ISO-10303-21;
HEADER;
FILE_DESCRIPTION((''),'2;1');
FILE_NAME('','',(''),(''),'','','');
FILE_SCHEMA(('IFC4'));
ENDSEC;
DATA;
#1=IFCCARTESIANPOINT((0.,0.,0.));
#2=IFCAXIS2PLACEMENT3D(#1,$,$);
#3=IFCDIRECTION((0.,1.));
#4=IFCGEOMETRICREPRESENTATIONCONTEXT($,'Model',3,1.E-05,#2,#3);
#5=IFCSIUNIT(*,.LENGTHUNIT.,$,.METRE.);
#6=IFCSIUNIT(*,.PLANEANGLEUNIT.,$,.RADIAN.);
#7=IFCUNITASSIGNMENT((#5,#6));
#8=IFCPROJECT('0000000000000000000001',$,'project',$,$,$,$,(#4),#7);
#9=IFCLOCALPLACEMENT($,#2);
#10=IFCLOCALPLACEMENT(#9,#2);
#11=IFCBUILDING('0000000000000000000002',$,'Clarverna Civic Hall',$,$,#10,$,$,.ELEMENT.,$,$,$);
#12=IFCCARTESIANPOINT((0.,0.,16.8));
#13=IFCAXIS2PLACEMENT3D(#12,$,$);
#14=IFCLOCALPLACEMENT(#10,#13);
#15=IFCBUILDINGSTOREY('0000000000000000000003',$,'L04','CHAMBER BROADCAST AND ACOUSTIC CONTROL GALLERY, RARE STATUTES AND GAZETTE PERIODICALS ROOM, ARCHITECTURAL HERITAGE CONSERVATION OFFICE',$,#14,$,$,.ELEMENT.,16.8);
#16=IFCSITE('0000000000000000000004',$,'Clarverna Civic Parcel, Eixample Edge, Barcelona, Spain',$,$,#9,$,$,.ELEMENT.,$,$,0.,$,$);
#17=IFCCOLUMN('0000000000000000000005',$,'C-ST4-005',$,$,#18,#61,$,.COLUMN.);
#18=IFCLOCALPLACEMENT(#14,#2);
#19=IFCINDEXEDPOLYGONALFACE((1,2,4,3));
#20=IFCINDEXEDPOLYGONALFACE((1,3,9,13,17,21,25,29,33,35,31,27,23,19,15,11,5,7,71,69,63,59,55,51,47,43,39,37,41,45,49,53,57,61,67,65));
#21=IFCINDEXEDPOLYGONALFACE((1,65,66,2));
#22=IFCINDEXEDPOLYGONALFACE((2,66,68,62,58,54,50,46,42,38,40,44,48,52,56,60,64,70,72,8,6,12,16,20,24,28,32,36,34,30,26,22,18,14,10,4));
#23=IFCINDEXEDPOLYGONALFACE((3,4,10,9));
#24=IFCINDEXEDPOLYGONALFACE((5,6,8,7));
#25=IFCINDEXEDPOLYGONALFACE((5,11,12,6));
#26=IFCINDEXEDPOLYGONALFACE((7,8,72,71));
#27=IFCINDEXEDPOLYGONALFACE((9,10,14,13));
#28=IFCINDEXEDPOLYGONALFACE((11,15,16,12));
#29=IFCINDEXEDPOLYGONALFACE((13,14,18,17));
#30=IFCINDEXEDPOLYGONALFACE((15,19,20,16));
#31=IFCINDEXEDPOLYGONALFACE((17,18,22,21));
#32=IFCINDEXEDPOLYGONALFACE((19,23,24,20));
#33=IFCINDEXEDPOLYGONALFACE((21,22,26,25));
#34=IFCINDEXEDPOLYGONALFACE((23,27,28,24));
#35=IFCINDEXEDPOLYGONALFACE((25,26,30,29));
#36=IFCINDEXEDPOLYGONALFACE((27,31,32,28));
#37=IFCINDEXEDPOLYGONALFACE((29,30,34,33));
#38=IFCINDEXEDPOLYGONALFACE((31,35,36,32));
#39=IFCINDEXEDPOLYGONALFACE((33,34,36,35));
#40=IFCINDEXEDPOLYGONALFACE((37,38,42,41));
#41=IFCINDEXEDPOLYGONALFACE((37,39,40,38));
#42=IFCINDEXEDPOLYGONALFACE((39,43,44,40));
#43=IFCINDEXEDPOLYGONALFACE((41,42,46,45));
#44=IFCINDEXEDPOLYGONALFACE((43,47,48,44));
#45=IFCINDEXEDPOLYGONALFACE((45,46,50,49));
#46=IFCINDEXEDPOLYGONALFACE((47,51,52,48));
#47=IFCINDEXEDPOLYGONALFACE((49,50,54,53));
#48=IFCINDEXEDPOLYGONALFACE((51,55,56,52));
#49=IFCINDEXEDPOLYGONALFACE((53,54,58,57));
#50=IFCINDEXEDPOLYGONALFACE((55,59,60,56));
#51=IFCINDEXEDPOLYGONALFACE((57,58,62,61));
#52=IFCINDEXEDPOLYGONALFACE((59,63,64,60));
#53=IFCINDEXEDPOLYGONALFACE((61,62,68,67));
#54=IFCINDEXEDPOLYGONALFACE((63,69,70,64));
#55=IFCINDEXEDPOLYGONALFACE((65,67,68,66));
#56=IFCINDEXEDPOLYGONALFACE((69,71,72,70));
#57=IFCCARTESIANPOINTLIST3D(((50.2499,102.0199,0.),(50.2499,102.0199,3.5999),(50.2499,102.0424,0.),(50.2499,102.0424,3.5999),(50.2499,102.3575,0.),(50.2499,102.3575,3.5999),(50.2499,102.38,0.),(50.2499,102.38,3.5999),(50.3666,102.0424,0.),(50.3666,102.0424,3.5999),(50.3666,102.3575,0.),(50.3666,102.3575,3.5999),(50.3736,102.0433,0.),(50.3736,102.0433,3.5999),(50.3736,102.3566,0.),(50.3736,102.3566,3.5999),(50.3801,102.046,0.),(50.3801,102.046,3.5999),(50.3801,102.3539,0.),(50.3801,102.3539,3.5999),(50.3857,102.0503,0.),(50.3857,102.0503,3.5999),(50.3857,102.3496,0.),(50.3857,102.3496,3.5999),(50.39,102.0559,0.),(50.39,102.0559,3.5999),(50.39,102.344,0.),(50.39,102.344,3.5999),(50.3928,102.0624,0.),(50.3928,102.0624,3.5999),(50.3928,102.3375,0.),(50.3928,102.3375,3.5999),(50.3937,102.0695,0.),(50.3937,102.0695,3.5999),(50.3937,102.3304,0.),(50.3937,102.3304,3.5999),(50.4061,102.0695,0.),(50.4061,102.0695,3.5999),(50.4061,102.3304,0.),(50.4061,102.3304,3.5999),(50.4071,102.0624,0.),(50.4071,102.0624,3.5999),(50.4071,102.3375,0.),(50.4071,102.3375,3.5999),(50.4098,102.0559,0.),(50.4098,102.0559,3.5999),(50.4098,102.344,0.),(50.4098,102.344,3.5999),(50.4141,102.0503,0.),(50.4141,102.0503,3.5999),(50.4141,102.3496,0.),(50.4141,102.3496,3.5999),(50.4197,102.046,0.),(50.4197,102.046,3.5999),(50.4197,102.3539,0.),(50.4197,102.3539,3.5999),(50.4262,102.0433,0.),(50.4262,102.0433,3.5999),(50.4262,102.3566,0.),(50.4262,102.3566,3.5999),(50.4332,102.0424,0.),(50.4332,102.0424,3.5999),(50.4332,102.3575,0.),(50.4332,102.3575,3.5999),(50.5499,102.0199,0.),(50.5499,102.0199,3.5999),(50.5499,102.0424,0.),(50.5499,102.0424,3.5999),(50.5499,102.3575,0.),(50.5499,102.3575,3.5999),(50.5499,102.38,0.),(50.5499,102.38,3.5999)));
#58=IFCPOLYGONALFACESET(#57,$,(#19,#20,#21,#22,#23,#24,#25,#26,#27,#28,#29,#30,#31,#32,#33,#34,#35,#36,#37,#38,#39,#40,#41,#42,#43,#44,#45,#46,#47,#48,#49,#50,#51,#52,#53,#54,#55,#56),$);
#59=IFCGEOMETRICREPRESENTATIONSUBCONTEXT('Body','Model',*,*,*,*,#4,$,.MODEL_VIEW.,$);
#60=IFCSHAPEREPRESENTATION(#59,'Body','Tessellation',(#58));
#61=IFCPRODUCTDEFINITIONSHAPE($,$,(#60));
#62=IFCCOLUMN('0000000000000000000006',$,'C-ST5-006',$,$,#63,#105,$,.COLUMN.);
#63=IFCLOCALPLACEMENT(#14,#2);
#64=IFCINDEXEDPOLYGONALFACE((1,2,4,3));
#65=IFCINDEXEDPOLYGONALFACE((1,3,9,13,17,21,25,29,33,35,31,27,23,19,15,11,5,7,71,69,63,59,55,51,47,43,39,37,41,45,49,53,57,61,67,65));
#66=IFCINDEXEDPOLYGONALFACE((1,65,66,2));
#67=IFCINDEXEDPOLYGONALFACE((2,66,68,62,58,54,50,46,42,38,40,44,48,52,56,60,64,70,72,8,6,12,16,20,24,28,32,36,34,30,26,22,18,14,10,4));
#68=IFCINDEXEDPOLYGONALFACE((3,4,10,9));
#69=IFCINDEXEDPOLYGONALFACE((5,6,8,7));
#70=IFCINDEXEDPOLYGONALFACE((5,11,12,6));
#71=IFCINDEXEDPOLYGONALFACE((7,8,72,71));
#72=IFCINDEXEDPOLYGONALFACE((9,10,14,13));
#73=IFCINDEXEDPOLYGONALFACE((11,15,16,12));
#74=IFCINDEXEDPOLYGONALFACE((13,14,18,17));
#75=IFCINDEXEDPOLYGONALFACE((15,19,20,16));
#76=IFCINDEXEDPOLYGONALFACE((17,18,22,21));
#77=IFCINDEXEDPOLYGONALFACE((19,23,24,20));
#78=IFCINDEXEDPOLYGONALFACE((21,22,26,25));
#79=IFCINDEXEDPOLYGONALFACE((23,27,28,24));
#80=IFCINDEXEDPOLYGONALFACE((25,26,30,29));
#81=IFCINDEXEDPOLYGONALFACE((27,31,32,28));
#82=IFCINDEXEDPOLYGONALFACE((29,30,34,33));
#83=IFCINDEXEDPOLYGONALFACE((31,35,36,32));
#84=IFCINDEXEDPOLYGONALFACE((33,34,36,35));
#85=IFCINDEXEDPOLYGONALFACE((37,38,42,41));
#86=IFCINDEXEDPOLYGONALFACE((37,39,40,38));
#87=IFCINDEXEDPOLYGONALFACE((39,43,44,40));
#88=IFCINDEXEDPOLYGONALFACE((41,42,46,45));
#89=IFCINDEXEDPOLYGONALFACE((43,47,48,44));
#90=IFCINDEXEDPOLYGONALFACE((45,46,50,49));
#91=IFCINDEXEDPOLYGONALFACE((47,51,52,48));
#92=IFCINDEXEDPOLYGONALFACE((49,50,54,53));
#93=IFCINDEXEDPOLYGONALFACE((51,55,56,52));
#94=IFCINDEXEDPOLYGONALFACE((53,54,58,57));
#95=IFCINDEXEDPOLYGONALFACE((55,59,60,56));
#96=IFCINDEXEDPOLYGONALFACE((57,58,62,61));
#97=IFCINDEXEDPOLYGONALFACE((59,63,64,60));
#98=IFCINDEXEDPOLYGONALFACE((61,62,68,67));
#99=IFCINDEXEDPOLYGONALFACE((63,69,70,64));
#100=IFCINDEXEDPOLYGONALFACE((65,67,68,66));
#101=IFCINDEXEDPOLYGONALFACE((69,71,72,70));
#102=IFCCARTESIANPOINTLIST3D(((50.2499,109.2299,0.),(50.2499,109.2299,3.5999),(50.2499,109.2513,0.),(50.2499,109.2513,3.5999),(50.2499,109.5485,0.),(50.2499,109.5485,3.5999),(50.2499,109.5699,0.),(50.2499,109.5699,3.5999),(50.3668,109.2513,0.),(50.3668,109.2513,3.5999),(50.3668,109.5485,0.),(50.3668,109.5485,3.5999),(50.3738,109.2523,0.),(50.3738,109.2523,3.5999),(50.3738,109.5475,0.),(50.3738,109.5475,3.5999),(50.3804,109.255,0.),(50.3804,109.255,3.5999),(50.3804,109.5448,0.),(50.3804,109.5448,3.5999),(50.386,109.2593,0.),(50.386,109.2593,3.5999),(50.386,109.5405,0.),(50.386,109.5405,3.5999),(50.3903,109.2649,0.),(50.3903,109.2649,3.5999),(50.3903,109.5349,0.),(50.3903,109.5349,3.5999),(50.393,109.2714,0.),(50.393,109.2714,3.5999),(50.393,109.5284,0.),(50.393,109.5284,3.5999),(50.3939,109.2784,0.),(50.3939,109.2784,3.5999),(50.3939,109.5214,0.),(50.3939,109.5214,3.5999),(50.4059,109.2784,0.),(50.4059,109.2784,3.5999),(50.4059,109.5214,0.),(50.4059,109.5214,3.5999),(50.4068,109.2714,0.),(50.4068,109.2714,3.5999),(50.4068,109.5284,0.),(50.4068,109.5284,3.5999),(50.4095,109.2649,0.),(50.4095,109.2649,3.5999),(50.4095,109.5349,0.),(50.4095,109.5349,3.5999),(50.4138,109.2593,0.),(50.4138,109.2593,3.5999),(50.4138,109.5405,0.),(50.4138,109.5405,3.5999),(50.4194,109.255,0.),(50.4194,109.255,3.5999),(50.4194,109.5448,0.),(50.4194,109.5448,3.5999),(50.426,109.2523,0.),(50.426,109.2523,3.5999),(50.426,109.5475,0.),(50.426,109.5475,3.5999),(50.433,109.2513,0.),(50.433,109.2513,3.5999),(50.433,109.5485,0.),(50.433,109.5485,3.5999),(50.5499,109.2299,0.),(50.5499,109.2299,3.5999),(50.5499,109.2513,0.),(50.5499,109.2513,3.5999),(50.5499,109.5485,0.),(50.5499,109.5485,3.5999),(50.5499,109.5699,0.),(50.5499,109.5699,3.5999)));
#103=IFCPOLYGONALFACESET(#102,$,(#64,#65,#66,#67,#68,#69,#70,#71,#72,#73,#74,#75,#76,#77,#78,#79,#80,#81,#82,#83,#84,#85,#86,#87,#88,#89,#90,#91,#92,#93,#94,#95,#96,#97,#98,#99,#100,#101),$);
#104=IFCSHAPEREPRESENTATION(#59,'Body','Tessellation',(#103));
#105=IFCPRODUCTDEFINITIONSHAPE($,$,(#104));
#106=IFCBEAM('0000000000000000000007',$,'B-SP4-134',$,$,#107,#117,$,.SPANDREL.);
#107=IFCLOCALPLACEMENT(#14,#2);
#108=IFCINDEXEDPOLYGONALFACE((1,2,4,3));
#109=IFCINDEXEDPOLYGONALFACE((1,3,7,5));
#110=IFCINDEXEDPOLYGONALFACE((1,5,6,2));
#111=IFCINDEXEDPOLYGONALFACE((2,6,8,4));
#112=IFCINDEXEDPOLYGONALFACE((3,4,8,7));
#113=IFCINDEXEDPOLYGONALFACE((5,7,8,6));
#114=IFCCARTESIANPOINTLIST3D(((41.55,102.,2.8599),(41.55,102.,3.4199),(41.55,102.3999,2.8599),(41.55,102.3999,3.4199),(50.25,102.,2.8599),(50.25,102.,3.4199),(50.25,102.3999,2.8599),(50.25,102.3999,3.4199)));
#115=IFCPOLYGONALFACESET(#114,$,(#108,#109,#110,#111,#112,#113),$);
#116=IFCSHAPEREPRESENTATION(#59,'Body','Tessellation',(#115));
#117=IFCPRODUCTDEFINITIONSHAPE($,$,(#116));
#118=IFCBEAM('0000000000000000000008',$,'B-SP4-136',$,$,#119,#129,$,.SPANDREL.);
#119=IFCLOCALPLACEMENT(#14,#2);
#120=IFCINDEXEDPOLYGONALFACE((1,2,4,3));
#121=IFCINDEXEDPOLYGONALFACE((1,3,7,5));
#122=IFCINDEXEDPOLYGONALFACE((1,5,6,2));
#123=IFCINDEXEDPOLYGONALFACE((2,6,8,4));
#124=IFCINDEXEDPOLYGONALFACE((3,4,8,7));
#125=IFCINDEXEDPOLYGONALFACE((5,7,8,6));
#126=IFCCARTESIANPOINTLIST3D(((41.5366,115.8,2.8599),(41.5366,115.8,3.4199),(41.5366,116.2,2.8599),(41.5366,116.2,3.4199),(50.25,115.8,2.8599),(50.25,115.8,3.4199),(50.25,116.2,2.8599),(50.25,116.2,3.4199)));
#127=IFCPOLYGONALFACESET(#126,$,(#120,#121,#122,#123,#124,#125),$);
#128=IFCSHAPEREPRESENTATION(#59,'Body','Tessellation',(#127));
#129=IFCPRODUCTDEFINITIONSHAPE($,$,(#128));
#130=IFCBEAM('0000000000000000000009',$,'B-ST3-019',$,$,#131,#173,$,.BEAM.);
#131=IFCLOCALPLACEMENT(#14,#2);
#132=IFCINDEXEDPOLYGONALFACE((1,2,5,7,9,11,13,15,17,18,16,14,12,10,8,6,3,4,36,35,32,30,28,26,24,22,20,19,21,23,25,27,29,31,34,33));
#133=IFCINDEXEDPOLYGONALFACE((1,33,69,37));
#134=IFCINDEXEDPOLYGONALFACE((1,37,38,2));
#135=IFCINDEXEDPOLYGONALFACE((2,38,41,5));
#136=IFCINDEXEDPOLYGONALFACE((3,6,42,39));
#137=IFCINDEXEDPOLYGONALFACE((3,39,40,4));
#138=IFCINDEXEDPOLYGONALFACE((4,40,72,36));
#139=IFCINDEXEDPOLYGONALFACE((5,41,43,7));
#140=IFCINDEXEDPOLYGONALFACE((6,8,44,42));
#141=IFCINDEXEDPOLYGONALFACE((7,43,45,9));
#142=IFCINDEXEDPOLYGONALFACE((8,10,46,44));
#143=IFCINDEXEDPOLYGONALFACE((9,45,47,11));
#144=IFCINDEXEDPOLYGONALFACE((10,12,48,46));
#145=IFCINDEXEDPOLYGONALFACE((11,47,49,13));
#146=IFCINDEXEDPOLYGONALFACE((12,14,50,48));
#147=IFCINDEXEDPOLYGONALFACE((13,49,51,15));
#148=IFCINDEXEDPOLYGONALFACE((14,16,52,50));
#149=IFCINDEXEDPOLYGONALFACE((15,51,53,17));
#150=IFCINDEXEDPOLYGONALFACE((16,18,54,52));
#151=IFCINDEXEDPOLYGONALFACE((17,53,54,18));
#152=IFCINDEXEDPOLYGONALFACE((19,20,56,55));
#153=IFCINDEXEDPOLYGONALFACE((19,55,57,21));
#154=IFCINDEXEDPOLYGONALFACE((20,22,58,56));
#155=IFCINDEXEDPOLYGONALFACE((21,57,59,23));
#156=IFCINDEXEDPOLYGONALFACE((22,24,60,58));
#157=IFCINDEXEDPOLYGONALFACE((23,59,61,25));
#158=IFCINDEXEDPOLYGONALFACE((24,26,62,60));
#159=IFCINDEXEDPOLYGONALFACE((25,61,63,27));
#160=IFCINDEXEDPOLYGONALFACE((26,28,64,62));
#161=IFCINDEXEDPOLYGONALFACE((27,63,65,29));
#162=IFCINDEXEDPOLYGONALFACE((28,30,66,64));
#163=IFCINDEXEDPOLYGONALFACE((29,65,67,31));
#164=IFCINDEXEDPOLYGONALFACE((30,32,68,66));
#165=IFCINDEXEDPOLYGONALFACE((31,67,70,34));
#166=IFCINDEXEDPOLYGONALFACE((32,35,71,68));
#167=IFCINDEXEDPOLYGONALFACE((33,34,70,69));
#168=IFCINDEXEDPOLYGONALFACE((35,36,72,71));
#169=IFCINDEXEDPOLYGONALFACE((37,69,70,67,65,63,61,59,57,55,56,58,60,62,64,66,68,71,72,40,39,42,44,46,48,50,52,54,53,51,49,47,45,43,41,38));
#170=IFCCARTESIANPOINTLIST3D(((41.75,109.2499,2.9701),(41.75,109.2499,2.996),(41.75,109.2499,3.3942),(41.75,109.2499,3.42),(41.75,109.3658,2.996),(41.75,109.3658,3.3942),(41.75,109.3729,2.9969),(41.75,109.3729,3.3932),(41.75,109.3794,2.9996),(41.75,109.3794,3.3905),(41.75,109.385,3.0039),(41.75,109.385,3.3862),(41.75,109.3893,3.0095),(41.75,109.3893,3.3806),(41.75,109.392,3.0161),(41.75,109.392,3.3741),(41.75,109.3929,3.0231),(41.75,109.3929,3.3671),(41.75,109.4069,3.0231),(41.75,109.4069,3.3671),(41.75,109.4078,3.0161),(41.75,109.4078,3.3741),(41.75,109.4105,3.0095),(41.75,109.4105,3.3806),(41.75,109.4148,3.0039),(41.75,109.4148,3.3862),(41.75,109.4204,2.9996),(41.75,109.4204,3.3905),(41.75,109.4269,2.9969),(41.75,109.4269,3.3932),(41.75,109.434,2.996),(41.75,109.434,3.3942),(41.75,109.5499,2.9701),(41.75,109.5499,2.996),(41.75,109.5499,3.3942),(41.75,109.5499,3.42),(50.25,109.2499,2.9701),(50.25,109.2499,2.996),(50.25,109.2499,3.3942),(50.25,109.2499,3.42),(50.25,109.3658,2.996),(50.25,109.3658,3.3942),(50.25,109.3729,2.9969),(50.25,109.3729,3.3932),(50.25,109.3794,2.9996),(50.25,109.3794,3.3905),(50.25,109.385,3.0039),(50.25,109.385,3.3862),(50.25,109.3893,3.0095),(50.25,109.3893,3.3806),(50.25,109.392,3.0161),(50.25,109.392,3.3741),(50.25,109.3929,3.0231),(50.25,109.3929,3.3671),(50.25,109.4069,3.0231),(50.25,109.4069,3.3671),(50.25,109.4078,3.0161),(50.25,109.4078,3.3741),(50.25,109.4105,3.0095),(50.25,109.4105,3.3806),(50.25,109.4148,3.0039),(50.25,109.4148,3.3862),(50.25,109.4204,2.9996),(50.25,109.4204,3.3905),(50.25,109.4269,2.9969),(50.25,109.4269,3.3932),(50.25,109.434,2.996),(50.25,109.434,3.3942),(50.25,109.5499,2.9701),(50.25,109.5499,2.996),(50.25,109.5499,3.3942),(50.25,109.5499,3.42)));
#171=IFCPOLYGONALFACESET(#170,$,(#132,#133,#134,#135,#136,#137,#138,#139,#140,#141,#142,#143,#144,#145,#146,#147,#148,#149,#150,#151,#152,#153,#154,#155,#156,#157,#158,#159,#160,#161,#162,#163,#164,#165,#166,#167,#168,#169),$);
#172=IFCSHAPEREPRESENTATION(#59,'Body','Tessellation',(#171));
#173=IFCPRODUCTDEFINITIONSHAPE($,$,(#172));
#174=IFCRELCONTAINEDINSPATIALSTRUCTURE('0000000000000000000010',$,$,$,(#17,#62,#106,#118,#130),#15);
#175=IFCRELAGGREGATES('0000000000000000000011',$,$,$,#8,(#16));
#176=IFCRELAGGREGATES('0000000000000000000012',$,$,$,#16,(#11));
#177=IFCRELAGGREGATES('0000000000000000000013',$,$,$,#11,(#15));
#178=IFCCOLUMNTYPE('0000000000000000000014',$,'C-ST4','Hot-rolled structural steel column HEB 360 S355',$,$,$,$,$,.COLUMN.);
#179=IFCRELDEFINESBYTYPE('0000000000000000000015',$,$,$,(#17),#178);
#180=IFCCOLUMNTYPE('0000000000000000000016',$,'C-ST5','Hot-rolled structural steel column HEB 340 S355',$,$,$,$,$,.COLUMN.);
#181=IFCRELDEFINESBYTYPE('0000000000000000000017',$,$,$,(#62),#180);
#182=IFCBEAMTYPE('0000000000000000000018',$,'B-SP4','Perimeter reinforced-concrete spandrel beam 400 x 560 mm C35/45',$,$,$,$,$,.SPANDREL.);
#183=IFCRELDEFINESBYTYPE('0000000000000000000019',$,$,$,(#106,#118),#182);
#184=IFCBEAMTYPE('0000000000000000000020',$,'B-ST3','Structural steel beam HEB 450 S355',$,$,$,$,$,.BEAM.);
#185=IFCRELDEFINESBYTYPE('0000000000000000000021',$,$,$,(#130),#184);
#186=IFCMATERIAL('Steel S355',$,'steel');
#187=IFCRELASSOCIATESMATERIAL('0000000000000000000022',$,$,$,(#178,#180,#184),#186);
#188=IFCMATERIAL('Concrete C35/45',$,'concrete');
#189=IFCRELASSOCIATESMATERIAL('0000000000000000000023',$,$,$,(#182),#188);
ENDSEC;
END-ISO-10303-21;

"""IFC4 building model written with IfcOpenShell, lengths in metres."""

from ifc_helpers import new_model, si_unit, direction, frame, origin, origin_2d, place, context, subcontext, project, spatial, rectangle, i_section, extrude, material, material_profile, profile_set, type_object, element, save


model = new_model("IFC4")

# Units and contexts
model_context = context("Model", 3, precision=1e-05, world=origin(), true_north=direction((0.0, 1.0)))
body_context = subcontext(model_context, "Body", "Model", "MODEL_VIEW")
ifc_project = project(units=[si_unit("LENGTHUNIT", "METRE"), si_unit("PLANEANGLEUNIT", "RADIAN")], contexts=[model_context])

# Site, building, storey
site_placement = place(None, origin())
site = spatial("IfcSite", under=ifc_project, at=site_placement, Name="Clarverna Civic Parcel, Eixample Edge, Barcelona, Spain", CompositionType="ELEMENT", RefElevation=0.0)
building_placement = place(site_placement, origin())
building = spatial("IfcBuilding", under=site, at=building_placement, Name="Clarverna Civic Hall", CompositionType="ELEMENT")
storey_placement = place(building_placement, frame((0.0, 0.0, 16.8)))
storey = spatial("IfcBuildingStorey", under=building, at=storey_placement, Name="L04", Description="CHAMBER BROADCAST AND ACOUSTIC CONTROL GALLERY, RARE STATUTES AND GAZETTE PERIODICALS ROOM, ARCHITECTURAL HERITAGE CONSERVATION OFFICE", CompositionType="ELEMENT", Elevation=16.8)

# Columns
ifc_material_1 = material(Name="Steel S355", Category="steel")
ifc_material_profile_1 = material_profile(ifc_material_1, i_section(OverallWidth=0.3, OverallDepth=0.3601, WebThickness=0.0125, FlangeThickness=0.0225, FilletRadius=0.0271, at=origin_2d()), Name="HEB 360")
ifc_profile_set_1 = profile_set([ifc_material_profile_1], Name="Steel S355")
column_type_1 = type_object("IfcColumnType", Name="C-ST4", Description="Hot-rolled structural steel column HEB 360 S355", PredefinedType="COLUMN", material=ifc_profile_set_1)
column_1_placement = place(storey_placement, frame((50.3999, 102.2, 0.0), z_axis=(0.0, 0.0, 1.0), x_axis=(1.0, 0.0, 0.0)))
element("IfcColumn", 1, at=column_1_placement, inside=storey, type_object=column_type_1, Name="C-ST4-005", PredefinedType="COLUMN", context=body_context, shape_type="SweptSolid", body=[
    extrude(i_section(OverallWidth=0.3, OverallDepth=0.3601, WebThickness=0.0125, FlangeThickness=0.0225, FilletRadius=0.0271, at=origin_2d()), origin(), (0.0, 0.0, 1.0), 3.5999),
])
ifc_material_profile_2 = material_profile(ifc_material_1, i_section(OverallWidth=0.3, OverallDepth=0.3401, WebThickness=0.012, FlangeThickness=0.0215, FilletRadius=0.0271, at=origin_2d()), Name="HEB 340")
ifc_profile_set_2 = profile_set([ifc_material_profile_2], Name="Steel S355")
column_type_2 = type_object("IfcColumnType", Name="C-ST5", Description="Hot-rolled structural steel column HEB 340 S355", PredefinedType="COLUMN", material=ifc_profile_set_2)
column_2_placement = place(storey_placement, frame((50.3999, 109.3999, 0.0), z_axis=(0.0, 0.0, 1.0), x_axis=(1.0, 0.0, 0.0)))
element("IfcColumn", 2, at=column_2_placement, inside=storey, type_object=column_type_2, Name="C-ST5-006", PredefinedType="COLUMN", context=body_context, shape_type="SweptSolid", body=[
    extrude(i_section(OverallWidth=0.3, OverallDepth=0.3401, WebThickness=0.012, FlangeThickness=0.0215, FilletRadius=0.0271, at=origin_2d()), origin(), (0.0, 0.0, 1.0), 3.5999),
])

# Beams
ifc_material_2 = material(Name="Concrete C35/45", Category="concrete")
ifc_material_profile_3 = material_profile(ifc_material_2, rectangle(XDim=0.3999, YDim=0.5601, at=origin_2d()), Name="RC 400x560")
ifc_profile_set_3 = profile_set([ifc_material_profile_3], Name="Concrete C35/45")
beam_type_1 = type_object("IfcBeamType", Name="B-SP4", Description="Perimeter reinforced-concrete spandrel beam 400 x 560 mm C35/45", PredefinedType="SPANDREL", material=ifc_profile_set_3)
beam_1_placement = place(storey_placement, frame((41.55, 102.2, 3.1399), z_axis=(1.0, 0.0, 0.0), x_axis=(0.0, 1.0, 0.0)))
element("IfcBeam", 3, at=beam_1_placement, inside=storey, type_object=beam_type_1, Name="B-SP4-134", PredefinedType="SPANDREL", context=body_context, shape_type="SweptSolid", body=[
    extrude(rectangle(XDim=0.3999, YDim=0.5601, at=origin_2d()), origin(), (0.0, 0.0, 1.0), 8.7),
])
beam_2_placement = place(storey_placement, frame((41.5366, 116.0, 3.1399), z_axis=(1.0, 0.0, 0.0), x_axis=(0.0, 1.0, 0.0)))
element("IfcBeam", 4, at=beam_2_placement, inside=storey, type_object=beam_type_1, Name="B-SP4-136", PredefinedType="SPANDREL", context=body_context, shape_type="SweptSolid", body=[
    extrude(rectangle(XDim=0.3999, YDim=0.5601, at=origin_2d()), origin(), (0.0, 0.0, 1.0), 8.7134),
])
ifc_material_profile_4 = material_profile(ifc_material_1, i_section(OverallWidth=0.3, OverallDepth=0.45, WebThickness=0.0139, FlangeThickness=0.0259, FilletRadius=0.0271, at=origin_2d()), Name="HEB 450")
ifc_profile_set_4 = profile_set([ifc_material_profile_4], Name="Steel S355")
beam_type_2 = type_object("IfcBeamType", Name="B-ST3", Description="Structural steel beam HEB 450 S355", PredefinedType="BEAM", material=ifc_profile_set_4)
beam_3_placement = place(storey_placement, frame((41.75, 109.3999, 3.1951), z_axis=(1.0, 0.0, 0.0), x_axis=(0.0, 1.0, 0.0)))
element("IfcBeam", 5, at=beam_3_placement, inside=storey, type_object=beam_type_2, Name="B-ST3-019", PredefinedType="BEAM", context=body_context, shape_type="SweptSolid", body=[
    extrude(i_section(OverallWidth=0.3, OverallDepth=0.45, WebThickness=0.0139, FlangeThickness=0.0259, FilletRadius=0.0271, at=origin_2d()), origin(), (0.0, 0.0, 1.0), 8.5),
])

save(model, "model.ifc")
